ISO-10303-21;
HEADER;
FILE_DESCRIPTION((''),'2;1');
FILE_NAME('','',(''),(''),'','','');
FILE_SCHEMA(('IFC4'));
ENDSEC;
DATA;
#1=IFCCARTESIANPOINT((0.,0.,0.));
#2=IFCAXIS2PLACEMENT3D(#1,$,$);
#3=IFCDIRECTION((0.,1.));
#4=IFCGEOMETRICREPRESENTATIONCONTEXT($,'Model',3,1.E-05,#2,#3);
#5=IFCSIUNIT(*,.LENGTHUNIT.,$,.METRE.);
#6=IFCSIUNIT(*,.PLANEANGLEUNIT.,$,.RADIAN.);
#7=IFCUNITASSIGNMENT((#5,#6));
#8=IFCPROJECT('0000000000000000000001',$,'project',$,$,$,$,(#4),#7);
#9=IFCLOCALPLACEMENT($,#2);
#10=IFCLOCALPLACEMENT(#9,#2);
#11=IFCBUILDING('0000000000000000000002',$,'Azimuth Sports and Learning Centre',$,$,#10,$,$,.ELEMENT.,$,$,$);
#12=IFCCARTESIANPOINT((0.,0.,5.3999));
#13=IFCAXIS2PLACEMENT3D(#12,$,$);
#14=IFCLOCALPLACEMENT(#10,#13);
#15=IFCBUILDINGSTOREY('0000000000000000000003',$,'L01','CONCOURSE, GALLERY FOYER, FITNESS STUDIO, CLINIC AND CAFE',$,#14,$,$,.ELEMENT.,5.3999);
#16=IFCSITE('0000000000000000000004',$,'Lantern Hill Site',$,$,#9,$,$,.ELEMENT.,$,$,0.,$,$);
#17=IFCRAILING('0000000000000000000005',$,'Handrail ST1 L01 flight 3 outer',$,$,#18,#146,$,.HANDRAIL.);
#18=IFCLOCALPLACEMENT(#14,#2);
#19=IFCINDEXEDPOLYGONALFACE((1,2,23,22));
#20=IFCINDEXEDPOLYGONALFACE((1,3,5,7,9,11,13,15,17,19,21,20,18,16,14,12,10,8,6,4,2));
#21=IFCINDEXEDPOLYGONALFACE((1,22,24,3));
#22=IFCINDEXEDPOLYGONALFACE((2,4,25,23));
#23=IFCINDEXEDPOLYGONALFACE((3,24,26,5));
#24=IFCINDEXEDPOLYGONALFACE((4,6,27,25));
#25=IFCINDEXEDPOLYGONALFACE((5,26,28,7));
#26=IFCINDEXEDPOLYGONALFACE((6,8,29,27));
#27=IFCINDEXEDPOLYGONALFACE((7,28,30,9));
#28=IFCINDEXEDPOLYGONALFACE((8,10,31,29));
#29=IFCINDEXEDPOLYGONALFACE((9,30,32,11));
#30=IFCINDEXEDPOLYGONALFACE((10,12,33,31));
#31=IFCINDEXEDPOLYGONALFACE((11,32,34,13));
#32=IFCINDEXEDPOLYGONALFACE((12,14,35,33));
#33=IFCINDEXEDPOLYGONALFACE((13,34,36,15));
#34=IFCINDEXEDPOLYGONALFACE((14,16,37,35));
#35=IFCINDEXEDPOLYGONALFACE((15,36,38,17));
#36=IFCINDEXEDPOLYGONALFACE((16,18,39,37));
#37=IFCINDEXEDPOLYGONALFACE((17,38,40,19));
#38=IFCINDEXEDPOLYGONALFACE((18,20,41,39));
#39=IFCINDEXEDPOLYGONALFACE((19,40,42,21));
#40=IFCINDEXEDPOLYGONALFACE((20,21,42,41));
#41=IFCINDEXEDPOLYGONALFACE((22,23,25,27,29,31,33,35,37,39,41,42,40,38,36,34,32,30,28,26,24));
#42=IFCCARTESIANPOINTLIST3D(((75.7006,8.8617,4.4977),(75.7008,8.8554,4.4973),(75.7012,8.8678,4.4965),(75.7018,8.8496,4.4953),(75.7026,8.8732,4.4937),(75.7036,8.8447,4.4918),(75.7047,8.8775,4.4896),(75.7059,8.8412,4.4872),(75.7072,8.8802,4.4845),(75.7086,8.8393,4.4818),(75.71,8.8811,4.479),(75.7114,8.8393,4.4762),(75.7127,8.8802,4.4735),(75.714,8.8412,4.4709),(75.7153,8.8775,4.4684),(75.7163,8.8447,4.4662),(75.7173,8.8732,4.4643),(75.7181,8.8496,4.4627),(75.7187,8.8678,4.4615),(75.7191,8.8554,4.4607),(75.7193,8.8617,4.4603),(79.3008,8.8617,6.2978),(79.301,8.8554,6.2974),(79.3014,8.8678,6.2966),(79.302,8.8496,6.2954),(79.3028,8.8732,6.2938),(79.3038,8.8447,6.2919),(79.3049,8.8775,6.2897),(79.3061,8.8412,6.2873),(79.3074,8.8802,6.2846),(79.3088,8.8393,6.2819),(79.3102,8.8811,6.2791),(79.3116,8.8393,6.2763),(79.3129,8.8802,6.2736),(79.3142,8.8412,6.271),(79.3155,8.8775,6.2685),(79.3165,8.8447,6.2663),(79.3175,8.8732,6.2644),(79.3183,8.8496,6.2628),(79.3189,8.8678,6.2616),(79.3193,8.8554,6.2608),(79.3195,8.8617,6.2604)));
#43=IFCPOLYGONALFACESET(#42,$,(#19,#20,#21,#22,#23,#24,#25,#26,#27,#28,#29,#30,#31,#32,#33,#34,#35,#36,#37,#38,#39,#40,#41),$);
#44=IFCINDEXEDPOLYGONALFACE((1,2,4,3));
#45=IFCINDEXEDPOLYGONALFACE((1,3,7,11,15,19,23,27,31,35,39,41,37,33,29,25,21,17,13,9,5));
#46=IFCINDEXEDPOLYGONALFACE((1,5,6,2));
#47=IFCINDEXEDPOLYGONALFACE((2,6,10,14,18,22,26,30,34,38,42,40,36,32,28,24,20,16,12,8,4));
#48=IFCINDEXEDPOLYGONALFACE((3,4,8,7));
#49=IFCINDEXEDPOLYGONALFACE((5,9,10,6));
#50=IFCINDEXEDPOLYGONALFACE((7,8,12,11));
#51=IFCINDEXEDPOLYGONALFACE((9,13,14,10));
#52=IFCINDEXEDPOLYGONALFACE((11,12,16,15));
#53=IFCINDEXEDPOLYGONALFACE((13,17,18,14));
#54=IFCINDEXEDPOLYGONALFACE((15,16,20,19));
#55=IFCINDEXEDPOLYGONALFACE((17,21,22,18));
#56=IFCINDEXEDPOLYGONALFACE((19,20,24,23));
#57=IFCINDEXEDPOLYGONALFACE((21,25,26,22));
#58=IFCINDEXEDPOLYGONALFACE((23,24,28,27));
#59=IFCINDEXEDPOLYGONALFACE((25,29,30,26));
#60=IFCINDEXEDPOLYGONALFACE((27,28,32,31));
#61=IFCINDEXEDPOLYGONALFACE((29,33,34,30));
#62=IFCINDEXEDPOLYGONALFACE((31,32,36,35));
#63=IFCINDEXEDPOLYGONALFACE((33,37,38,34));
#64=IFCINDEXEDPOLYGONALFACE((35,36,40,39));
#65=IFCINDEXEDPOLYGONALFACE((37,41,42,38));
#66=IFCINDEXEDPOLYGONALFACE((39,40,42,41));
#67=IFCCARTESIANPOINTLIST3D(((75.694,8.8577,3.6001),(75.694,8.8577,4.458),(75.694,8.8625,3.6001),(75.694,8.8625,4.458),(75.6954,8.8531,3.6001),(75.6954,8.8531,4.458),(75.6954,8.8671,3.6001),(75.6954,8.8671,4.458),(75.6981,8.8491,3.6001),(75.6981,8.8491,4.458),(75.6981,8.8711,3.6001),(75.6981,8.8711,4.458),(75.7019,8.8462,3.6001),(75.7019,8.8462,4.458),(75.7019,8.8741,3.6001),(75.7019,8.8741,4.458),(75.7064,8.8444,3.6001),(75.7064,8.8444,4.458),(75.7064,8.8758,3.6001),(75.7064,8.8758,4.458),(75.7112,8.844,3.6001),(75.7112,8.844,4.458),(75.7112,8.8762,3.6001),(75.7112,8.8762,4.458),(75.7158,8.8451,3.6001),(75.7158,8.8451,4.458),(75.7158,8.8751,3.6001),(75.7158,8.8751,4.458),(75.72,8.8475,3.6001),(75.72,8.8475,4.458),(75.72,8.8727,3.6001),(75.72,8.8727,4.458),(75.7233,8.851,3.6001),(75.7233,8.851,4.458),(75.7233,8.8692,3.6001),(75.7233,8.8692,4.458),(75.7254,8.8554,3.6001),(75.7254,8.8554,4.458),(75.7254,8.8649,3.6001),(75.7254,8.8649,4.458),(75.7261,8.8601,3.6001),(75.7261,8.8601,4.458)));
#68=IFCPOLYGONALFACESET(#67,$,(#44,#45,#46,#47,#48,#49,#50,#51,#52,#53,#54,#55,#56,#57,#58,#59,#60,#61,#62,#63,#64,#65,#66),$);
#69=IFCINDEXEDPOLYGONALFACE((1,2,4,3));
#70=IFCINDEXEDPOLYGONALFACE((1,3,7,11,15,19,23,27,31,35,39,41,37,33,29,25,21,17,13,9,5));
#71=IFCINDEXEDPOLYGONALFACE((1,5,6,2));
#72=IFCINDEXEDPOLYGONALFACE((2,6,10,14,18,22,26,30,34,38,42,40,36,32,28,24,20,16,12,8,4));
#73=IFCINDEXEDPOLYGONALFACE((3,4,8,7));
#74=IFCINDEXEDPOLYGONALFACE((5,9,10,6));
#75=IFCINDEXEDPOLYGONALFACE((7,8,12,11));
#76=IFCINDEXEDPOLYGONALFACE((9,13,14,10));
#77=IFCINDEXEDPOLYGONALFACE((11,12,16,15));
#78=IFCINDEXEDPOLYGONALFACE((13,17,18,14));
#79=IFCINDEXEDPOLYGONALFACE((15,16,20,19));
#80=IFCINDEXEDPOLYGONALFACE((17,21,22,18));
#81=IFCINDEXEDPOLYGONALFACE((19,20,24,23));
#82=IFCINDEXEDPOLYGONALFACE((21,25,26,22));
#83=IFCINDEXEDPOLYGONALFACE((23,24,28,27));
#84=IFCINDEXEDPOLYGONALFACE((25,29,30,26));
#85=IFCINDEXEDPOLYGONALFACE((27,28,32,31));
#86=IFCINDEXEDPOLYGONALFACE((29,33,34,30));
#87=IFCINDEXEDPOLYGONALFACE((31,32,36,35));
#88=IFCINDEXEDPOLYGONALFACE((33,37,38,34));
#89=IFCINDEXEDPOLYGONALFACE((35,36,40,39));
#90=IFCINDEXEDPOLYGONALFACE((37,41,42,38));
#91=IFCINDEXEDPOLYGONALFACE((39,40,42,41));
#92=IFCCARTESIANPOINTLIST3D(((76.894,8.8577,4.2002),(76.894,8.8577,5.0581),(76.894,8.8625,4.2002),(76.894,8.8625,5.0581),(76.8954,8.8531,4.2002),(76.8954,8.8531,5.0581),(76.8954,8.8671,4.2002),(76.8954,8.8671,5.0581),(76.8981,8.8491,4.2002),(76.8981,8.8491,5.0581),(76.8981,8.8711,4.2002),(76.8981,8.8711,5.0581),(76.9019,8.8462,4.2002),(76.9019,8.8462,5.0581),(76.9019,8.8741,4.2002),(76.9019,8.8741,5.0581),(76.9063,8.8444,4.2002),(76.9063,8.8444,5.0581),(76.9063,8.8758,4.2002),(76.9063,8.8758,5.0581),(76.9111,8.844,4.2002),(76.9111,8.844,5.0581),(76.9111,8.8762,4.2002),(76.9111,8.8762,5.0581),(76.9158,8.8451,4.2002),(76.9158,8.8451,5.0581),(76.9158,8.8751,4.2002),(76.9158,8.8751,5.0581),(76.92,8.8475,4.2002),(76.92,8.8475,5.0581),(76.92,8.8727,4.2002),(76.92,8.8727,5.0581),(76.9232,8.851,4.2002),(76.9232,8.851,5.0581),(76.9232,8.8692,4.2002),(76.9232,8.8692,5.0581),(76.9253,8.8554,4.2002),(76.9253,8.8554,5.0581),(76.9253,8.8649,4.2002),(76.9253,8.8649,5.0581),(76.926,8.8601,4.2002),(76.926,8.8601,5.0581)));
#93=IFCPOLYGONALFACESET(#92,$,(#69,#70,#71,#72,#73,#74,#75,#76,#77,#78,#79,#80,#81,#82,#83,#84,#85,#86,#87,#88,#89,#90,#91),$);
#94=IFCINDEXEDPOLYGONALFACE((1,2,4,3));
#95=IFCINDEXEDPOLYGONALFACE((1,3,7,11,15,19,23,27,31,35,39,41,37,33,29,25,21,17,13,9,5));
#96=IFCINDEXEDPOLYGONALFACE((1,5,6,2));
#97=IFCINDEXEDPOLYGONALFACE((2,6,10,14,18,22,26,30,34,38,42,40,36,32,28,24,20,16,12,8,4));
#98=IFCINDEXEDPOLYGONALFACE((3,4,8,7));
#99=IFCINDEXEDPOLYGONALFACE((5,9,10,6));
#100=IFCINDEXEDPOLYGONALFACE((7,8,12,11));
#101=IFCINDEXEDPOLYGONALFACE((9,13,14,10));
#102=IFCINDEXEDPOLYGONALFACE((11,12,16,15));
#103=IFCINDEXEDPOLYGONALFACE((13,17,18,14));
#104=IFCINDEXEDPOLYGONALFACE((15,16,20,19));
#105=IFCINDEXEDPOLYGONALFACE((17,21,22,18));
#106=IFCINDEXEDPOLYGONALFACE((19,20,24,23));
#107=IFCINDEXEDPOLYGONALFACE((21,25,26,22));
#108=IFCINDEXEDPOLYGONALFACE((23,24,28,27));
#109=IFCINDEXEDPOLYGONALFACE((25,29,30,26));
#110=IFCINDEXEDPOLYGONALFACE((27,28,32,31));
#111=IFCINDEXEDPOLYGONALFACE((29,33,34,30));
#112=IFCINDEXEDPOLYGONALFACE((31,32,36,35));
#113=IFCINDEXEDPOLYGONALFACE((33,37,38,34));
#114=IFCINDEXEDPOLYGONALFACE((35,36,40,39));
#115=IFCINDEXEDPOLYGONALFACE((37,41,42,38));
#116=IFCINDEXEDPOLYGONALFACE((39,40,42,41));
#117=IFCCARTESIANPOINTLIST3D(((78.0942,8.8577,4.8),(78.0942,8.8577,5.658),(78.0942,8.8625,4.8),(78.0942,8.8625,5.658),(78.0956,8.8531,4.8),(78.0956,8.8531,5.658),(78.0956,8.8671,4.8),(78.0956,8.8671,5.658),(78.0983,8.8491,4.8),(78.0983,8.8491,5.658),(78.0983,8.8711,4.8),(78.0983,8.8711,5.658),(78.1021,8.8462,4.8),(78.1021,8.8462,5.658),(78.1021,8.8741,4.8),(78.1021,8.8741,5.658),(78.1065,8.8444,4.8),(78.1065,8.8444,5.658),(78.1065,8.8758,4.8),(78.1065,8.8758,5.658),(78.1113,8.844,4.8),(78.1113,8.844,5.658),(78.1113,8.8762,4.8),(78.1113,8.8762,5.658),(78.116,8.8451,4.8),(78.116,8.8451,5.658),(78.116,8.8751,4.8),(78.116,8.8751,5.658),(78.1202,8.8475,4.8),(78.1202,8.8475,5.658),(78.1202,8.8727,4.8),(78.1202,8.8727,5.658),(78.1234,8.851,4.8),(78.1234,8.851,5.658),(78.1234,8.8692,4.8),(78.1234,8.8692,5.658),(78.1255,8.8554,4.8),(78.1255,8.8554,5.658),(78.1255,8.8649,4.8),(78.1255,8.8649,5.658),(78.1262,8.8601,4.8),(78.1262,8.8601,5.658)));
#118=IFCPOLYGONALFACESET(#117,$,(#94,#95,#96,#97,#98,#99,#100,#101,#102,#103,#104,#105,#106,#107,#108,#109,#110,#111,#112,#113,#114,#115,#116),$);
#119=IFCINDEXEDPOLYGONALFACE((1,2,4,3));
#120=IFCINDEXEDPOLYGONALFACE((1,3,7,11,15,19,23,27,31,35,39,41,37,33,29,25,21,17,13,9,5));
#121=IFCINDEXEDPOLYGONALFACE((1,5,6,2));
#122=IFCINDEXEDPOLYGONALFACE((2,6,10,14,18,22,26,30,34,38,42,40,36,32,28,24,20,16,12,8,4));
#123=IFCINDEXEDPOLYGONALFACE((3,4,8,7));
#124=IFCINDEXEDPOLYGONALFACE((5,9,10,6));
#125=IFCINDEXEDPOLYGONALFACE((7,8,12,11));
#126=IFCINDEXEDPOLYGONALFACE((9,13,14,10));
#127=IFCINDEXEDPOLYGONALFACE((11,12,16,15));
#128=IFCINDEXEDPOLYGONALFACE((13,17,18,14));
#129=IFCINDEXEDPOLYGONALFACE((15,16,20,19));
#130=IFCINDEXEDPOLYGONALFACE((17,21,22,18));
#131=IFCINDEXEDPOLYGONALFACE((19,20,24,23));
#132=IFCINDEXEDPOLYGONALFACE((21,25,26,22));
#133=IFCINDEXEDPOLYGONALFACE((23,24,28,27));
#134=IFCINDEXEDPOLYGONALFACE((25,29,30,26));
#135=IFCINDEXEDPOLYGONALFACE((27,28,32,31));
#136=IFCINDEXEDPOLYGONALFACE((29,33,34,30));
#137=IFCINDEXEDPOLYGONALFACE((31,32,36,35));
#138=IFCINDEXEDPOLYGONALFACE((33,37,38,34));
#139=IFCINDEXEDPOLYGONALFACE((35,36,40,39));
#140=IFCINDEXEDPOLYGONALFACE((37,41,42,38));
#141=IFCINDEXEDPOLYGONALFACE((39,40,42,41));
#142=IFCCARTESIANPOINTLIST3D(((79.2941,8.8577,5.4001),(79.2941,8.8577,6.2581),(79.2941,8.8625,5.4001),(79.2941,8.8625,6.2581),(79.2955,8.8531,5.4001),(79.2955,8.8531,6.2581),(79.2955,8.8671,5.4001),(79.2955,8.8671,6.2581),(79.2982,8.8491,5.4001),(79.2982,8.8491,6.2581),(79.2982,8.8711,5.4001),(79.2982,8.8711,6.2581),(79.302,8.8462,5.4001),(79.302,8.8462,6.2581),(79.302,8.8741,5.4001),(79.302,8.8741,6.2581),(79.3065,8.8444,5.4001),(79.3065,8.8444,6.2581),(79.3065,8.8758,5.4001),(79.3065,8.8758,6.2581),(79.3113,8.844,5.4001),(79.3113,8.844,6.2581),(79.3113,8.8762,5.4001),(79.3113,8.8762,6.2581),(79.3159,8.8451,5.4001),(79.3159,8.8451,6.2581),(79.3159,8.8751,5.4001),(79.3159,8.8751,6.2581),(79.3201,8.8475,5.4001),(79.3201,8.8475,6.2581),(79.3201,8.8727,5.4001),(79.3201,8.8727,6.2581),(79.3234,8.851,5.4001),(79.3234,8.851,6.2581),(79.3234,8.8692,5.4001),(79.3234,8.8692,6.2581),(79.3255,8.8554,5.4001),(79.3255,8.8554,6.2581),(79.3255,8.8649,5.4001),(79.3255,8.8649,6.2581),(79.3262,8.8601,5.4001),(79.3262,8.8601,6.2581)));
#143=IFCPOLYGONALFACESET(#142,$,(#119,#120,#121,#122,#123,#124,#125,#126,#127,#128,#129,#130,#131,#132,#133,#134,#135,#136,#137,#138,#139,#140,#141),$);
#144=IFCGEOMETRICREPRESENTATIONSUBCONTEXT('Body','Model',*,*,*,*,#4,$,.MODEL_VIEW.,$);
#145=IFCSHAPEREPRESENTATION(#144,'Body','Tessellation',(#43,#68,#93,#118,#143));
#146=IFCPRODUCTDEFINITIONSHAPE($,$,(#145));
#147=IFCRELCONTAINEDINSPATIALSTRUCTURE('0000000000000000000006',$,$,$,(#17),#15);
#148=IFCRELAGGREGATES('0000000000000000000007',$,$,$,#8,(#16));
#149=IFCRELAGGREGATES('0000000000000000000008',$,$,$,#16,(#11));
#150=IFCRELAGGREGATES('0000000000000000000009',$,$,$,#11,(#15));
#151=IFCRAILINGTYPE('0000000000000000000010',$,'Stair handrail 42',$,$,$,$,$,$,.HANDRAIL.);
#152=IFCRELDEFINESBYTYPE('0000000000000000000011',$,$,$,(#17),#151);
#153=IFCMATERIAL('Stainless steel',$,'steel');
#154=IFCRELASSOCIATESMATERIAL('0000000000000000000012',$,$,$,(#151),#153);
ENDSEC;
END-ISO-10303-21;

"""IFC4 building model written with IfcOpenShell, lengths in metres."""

from ifc_helpers import new_model, si_unit, direction, frame, origin, origin_2d, place, context, subcontext, project, spatial, circle, extrude, material, type_object, element, save


model = new_model("IFC4")

# Units and contexts
model_context = context("Model", 3, precision=1e-05, world=origin(), true_north=direction((0.0, 1.0)))
body_context = subcontext(model_context, "Body", "Model", "MODEL_VIEW")
ifc_project = project(units=[si_unit("LENGTHUNIT", "METRE"), si_unit("PLANEANGLEUNIT", "RADIAN")], contexts=[model_context])

# Site, building, storey
site_placement = place(None, origin())
site = spatial("IfcSite", under=ifc_project, at=site_placement, Name="Lantern Hill Site", CompositionType="ELEMENT", RefElevation=0.0)
building_placement = place(site_placement, origin())
building = spatial("IfcBuilding", under=site, at=building_placement, Name="Azimuth Sports and Learning Centre", CompositionType="ELEMENT")
storey_placement = place(building_placement, frame((0.0, 0.0, 5.3999)))
storey = spatial("IfcBuildingStorey", under=building, at=storey_placement, Name="L01", Description="CONCOURSE, GALLERY FOYER, FITNESS STUDIO, CLINIC AND CAFE", CompositionType="ELEMENT", Elevation=5.3999)

# Railing
ifc_material_1 = material(Name="Stainless steel", Category="steel")
railing_type = type_object("IfcRailingType", Name="Stair handrail 42", PredefinedType="HANDRAIL", material=ifc_material_1)
for number, where, name in (
    (1, (75.71, 8.8601, 3.6001), "Handrail ST1 L01 flight 3 outer"),
):
    element("IfcRailing", number, at=place(storey_placement, frame(where)), inside=storey, type_object=railing_type, Name=name, PredefinedType="HANDRAIL", context=body_context, shape_type="SweptSolid", body=[
        extrude(circle(Radius=0.021, at=origin_2d()), frame((0.0, 0.0, 0.8789), z_axis=(0.894427, 0.0, 0.447214), x_axis=(0.0, 1.0, 0.0)), (0.0, 0.0, 1.0), 4.0251),
        extrude(circle(Radius=0.0161, at=origin_2d()), origin(), (0.0, 0.0, 1.0), 0.8579),
        extrude(circle(Radius=0.0161, at=origin_2d()), frame((1.2, 0.0, 0.6001)), (0.0, 0.0, 1.0), 0.8579),
        extrude(circle(Radius=0.0161, at=origin_2d()), frame((2.4001, 0.0, 1.2)), (0.0, 0.0, 1.0), 0.8579),
        extrude(circle(Radius=0.0161, at=origin_2d()), frame((3.6001, 0.0, 1.8)), (0.0, 0.0, 1.0), 0.8579),
    ])

save(model, "model.ifc")
